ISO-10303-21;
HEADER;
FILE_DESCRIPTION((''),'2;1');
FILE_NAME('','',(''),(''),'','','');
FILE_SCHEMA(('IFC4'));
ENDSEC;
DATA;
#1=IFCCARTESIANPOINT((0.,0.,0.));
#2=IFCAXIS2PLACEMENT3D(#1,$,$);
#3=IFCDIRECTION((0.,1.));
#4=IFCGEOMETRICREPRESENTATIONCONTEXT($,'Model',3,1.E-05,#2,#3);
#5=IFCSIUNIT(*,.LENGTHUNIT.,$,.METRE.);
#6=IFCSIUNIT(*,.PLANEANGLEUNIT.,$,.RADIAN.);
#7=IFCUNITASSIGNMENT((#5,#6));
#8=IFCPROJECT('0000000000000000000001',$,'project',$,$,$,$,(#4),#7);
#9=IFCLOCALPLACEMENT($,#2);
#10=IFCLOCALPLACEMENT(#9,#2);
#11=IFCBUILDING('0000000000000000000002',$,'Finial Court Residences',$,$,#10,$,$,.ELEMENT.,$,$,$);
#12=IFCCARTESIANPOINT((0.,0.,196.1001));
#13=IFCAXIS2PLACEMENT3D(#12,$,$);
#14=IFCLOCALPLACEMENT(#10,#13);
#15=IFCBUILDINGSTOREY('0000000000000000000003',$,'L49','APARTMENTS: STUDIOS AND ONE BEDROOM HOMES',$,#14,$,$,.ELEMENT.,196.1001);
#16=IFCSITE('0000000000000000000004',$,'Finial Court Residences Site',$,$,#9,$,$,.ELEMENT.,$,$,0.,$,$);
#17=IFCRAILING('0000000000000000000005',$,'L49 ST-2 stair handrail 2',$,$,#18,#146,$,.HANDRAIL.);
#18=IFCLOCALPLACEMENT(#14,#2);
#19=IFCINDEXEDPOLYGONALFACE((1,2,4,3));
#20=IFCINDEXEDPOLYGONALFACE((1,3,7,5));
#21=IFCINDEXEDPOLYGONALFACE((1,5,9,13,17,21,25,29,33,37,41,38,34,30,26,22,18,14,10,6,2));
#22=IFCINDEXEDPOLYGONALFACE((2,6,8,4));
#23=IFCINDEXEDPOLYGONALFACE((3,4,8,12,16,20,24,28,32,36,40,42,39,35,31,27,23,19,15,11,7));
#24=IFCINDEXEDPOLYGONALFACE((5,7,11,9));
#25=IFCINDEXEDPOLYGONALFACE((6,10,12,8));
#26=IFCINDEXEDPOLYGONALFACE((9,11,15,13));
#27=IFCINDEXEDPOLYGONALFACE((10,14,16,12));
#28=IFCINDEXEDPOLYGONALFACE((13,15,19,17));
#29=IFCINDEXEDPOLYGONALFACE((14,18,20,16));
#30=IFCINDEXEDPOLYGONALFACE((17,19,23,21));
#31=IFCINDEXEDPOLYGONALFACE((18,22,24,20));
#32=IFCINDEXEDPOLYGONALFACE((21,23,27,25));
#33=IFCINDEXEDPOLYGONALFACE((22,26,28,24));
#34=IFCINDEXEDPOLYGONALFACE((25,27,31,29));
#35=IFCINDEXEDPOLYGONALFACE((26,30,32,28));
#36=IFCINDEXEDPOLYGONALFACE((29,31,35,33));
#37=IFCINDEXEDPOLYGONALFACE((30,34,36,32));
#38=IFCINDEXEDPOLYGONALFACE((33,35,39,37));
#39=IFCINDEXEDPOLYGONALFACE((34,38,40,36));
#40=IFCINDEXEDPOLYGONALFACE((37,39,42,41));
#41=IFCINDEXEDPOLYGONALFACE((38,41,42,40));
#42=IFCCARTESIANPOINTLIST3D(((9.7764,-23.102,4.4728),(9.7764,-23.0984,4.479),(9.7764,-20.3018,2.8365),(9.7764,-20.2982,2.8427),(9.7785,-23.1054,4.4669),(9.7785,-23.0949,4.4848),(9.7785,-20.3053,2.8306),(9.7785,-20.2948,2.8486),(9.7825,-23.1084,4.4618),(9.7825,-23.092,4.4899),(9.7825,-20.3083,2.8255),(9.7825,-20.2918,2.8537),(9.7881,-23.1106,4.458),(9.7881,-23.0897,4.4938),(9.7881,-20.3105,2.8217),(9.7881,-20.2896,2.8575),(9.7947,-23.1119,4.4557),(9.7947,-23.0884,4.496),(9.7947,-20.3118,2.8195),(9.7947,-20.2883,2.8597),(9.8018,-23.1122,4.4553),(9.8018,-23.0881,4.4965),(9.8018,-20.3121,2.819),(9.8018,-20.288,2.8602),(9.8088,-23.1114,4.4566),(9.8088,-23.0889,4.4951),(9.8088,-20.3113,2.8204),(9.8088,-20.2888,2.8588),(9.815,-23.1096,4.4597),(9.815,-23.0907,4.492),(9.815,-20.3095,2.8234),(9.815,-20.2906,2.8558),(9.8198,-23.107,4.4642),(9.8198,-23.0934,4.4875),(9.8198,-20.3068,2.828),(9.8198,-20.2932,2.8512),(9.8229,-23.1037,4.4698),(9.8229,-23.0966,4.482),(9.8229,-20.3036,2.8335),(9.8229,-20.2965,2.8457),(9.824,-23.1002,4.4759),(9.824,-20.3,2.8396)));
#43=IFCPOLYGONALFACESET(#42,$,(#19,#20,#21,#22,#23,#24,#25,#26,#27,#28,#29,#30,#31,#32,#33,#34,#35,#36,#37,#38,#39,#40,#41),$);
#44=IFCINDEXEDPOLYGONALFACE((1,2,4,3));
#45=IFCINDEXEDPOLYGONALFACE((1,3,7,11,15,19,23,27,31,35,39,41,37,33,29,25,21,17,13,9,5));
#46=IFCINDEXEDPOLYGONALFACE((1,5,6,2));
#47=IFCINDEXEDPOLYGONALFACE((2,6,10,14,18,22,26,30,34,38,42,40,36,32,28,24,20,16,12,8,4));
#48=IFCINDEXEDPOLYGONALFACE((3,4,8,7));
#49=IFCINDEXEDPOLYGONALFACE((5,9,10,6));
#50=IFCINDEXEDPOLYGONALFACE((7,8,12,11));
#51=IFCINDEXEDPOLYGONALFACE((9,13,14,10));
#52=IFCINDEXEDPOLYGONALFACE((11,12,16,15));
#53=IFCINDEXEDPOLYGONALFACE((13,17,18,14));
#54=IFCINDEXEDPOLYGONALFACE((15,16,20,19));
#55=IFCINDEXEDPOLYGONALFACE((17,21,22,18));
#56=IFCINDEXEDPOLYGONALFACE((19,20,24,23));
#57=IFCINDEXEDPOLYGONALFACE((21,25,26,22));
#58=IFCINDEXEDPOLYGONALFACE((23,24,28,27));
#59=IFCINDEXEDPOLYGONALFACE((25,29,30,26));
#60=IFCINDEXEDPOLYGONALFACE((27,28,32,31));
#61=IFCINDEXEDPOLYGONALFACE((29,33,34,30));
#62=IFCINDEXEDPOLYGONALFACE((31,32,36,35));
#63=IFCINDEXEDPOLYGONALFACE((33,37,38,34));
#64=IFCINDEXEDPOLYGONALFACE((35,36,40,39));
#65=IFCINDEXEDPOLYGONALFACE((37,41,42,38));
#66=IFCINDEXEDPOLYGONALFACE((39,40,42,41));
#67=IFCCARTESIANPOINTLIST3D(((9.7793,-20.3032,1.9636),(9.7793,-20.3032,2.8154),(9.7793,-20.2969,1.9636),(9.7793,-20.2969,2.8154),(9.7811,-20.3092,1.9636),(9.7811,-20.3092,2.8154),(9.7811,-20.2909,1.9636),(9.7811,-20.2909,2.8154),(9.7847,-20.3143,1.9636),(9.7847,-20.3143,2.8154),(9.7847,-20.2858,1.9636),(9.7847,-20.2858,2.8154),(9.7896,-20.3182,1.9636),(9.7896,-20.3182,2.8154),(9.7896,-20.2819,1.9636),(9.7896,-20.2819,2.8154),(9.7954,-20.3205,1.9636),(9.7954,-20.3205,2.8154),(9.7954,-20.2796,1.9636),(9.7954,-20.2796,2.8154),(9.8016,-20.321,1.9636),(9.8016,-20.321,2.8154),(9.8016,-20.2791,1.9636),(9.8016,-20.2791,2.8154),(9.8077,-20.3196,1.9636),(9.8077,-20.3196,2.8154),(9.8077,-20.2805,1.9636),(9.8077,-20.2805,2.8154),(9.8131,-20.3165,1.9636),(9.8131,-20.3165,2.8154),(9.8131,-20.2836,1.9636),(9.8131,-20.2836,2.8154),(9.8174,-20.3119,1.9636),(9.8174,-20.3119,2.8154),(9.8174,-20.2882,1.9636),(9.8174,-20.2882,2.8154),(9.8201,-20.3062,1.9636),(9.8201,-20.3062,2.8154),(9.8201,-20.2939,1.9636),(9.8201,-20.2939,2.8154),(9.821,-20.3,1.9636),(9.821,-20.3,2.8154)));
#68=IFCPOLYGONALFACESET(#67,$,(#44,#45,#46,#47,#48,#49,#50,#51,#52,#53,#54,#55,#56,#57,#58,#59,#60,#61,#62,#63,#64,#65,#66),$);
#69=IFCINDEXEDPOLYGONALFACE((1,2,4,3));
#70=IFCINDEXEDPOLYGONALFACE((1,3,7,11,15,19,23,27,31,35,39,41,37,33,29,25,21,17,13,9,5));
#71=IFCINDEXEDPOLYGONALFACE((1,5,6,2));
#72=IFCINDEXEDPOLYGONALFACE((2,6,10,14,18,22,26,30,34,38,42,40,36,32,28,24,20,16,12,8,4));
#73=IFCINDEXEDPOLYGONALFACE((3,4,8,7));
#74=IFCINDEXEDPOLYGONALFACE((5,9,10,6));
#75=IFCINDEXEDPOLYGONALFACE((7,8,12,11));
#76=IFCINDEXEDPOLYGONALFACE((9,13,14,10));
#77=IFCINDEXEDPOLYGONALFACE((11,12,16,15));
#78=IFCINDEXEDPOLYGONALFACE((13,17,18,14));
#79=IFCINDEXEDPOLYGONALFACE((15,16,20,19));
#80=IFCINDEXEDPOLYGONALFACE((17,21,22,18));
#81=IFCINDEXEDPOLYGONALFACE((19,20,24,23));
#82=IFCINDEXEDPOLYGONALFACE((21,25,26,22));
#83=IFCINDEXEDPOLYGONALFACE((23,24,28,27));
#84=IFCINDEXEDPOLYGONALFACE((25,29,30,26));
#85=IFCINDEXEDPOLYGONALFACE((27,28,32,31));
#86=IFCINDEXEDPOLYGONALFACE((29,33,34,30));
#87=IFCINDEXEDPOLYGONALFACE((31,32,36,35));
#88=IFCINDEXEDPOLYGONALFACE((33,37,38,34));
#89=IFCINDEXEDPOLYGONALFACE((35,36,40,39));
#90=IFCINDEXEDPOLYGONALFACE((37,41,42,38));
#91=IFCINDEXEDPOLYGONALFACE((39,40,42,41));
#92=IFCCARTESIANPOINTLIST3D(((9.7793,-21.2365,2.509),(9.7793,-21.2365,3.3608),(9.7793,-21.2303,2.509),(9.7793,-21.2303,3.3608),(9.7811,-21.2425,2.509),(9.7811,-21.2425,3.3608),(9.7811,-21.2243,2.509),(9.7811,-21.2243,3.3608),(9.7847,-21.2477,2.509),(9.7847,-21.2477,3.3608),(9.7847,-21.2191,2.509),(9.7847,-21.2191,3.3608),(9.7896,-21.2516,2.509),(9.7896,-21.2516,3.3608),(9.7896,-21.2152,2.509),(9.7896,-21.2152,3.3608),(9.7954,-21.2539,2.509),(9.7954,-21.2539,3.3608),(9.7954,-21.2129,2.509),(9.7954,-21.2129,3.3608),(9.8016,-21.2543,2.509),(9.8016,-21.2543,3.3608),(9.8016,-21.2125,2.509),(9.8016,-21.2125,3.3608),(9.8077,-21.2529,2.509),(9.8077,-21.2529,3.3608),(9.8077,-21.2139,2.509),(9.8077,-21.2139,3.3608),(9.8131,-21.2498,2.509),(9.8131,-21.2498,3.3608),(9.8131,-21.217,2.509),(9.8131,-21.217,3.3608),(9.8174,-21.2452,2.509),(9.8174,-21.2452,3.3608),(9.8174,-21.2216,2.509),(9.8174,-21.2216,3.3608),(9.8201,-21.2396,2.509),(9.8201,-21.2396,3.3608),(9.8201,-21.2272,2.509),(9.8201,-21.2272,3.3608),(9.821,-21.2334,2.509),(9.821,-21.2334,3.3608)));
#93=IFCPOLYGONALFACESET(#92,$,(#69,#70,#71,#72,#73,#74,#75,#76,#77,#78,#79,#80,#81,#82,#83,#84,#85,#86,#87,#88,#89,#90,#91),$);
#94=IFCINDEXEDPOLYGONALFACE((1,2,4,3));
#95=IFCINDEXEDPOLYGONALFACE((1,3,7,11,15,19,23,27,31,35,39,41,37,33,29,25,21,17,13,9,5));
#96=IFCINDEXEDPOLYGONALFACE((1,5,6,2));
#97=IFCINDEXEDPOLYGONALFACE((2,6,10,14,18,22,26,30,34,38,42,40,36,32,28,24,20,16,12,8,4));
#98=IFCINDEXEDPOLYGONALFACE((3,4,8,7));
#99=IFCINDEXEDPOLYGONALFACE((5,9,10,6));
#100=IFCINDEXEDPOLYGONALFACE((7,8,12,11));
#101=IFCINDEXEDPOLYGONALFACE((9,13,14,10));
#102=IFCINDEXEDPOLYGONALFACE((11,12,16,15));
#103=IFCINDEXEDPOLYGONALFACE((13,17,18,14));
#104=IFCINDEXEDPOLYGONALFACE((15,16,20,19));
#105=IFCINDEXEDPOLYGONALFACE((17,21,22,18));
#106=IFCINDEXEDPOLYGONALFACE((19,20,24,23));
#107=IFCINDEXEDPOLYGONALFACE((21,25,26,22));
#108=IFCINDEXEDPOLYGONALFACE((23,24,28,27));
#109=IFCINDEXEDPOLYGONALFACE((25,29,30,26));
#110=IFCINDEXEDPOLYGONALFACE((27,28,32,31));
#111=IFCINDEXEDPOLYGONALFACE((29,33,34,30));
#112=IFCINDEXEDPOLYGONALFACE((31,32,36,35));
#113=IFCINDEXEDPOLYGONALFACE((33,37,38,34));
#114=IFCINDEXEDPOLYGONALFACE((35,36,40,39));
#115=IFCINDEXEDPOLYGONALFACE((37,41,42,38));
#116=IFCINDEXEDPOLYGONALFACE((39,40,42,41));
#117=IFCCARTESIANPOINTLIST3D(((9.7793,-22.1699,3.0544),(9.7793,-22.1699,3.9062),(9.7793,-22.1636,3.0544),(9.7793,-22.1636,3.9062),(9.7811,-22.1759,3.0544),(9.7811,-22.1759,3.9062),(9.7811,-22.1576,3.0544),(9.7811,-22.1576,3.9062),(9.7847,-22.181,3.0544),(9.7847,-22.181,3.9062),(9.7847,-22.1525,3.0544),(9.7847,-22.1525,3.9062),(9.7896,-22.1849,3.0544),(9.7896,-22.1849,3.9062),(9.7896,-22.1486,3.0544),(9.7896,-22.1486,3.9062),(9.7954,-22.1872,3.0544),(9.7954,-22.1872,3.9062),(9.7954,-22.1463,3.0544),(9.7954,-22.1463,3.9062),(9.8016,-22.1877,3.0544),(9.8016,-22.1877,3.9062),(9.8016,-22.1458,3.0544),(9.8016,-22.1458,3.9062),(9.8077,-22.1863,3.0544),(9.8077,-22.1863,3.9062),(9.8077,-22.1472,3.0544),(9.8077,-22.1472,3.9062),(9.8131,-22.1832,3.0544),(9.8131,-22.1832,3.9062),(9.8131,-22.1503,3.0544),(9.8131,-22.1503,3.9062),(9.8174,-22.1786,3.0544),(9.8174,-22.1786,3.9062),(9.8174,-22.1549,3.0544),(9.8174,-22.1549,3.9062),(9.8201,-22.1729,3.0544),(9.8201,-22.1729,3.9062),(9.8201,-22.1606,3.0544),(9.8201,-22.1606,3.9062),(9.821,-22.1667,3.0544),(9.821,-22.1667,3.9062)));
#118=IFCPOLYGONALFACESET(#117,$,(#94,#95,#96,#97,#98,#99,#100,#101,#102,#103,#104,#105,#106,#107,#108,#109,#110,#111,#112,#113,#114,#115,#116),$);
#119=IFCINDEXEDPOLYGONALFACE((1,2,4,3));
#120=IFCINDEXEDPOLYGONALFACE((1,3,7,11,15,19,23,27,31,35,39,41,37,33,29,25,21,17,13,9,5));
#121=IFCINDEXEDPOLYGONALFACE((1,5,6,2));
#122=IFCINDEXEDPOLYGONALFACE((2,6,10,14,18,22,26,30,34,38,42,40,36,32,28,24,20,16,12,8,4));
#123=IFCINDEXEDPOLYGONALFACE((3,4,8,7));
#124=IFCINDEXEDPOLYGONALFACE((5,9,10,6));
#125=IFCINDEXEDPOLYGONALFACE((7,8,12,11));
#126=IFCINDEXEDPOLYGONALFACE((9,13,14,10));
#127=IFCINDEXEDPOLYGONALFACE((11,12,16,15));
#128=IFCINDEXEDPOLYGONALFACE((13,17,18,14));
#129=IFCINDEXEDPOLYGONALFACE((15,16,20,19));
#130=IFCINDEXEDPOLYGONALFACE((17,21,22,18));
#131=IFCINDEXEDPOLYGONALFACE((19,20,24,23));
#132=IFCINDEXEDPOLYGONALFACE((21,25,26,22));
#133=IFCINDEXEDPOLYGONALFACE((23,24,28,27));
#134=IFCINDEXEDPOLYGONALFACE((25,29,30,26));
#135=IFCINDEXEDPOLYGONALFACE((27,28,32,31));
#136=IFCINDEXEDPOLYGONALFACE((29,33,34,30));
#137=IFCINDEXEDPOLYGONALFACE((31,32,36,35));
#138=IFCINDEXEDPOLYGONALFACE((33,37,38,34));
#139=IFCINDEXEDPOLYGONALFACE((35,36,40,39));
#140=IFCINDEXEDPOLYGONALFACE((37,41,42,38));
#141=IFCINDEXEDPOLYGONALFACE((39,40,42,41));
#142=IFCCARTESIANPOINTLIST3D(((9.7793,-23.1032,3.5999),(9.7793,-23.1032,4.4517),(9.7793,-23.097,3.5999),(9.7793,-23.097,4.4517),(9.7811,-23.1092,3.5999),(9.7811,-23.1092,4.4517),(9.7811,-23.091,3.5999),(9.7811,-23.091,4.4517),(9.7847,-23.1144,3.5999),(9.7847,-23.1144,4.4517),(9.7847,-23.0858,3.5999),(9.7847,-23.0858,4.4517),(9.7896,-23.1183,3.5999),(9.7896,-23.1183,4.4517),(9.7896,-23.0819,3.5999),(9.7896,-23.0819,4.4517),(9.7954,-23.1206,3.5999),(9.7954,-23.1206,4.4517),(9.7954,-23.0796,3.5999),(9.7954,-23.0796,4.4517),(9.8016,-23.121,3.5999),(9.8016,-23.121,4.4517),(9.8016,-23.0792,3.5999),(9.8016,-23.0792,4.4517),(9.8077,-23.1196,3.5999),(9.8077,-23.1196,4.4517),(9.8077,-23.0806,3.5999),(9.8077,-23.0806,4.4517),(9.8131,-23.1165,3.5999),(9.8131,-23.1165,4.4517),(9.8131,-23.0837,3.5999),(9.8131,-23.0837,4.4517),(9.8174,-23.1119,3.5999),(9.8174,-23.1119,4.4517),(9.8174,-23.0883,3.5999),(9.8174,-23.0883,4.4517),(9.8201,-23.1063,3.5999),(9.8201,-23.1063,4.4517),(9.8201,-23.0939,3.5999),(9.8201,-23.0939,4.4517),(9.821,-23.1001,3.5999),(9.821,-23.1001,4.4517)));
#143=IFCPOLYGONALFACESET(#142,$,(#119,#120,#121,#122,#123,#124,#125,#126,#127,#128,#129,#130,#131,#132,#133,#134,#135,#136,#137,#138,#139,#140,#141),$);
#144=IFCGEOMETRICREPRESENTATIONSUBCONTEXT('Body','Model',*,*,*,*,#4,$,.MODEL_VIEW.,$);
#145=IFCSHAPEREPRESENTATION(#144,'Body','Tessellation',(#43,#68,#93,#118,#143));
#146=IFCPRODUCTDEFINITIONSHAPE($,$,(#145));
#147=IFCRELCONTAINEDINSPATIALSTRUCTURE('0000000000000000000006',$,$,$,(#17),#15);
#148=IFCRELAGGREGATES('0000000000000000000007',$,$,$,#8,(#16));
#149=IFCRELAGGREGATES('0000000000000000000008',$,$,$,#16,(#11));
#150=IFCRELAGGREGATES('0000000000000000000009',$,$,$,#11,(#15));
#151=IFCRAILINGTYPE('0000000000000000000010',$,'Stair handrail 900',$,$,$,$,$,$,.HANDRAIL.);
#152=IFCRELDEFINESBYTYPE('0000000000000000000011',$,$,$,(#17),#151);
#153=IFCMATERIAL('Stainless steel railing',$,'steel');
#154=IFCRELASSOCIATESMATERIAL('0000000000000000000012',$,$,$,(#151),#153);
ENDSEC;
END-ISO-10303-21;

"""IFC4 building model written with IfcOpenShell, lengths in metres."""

from ifc_helpers import new_model, si_unit, direction, frame, origin, origin_2d, place, context, subcontext, project, spatial, circle, extrude, material, type_object, element, save


model = new_model("IFC4")

# Units and contexts
model_context = context("Model", 3, precision=1e-05, world=origin(), true_north=direction((0.0, 1.0)))
body_context = subcontext(model_context, "Body", "Model", "MODEL_VIEW")
ifc_project = project(units=[si_unit("LENGTHUNIT", "METRE"), si_unit("PLANEANGLEUNIT", "RADIAN")], contexts=[model_context])

# Site, building, storey
site_placement = place(None, origin())
site = spatial("IfcSite", under=ifc_project, at=site_placement, Name="Finial Court Residences Site", CompositionType="ELEMENT", RefElevation=0.0)
building_placement = place(site_placement, origin())
building = spatial("IfcBuilding", under=site, at=building_placement, Name="Finial Court Residences", CompositionType="ELEMENT")
storey_placement = place(building_placement, frame((0.0, 0.0, 196.1001)))
storey = spatial("IfcBuildingStorey", under=building, at=storey_placement, Name="L49", Description="APARTMENTS: STUDIOS AND ONE BEDROOM HOMES", CompositionType="ELEMENT", Elevation=196.1001)

# Railing
ifc_material_1 = material(Name="Stainless steel railing", Category="steel")
railing_type_1 = type_object("IfcRailingType", Name="Stair handrail 900", PredefinedType="HANDRAIL", material=ifc_material_1)
railing_1_placement = place(storey_placement, frame((9.8, -20.3, 1.9636)))
element("IfcRailing", 1, at=railing_1_placement, inside=storey, type_object=railing_type_1, Name="L49 ST-2 stair handrail 2", PredefinedType="HANDRAIL", context=body_context, shape_type="SweptSolid", body=[
    extrude(circle(Radius=0.0239, at=origin_2d()), frame((0.0, 0.0, 0.876), z_axis=(0.0, -0.863394, 0.504531), x_axis=(1.0, 0.0, 0.0)), (0.0, 0.0, 1.0), 3.2432),
    extrude(circle(Radius=0.021, at=origin_2d()), origin(), (0.0, 0.0, 1.0), 0.8518),
    extrude(circle(Radius=0.021, at=origin_2d()), frame((0.0, -0.9333, 0.5454)), (0.0, 0.0, 1.0), 0.8518),
    extrude(circle(Radius=0.021, at=origin_2d()), frame((0.0, -1.8667, 1.0908)), (0.0, 0.0, 1.0), 0.8518),
    extrude(circle(Radius=0.021, at=origin_2d()), frame((0.0, -2.8, 1.6362)), (0.0, 0.0, 1.0), 0.8518),
])

save(model, "model.ifc")
